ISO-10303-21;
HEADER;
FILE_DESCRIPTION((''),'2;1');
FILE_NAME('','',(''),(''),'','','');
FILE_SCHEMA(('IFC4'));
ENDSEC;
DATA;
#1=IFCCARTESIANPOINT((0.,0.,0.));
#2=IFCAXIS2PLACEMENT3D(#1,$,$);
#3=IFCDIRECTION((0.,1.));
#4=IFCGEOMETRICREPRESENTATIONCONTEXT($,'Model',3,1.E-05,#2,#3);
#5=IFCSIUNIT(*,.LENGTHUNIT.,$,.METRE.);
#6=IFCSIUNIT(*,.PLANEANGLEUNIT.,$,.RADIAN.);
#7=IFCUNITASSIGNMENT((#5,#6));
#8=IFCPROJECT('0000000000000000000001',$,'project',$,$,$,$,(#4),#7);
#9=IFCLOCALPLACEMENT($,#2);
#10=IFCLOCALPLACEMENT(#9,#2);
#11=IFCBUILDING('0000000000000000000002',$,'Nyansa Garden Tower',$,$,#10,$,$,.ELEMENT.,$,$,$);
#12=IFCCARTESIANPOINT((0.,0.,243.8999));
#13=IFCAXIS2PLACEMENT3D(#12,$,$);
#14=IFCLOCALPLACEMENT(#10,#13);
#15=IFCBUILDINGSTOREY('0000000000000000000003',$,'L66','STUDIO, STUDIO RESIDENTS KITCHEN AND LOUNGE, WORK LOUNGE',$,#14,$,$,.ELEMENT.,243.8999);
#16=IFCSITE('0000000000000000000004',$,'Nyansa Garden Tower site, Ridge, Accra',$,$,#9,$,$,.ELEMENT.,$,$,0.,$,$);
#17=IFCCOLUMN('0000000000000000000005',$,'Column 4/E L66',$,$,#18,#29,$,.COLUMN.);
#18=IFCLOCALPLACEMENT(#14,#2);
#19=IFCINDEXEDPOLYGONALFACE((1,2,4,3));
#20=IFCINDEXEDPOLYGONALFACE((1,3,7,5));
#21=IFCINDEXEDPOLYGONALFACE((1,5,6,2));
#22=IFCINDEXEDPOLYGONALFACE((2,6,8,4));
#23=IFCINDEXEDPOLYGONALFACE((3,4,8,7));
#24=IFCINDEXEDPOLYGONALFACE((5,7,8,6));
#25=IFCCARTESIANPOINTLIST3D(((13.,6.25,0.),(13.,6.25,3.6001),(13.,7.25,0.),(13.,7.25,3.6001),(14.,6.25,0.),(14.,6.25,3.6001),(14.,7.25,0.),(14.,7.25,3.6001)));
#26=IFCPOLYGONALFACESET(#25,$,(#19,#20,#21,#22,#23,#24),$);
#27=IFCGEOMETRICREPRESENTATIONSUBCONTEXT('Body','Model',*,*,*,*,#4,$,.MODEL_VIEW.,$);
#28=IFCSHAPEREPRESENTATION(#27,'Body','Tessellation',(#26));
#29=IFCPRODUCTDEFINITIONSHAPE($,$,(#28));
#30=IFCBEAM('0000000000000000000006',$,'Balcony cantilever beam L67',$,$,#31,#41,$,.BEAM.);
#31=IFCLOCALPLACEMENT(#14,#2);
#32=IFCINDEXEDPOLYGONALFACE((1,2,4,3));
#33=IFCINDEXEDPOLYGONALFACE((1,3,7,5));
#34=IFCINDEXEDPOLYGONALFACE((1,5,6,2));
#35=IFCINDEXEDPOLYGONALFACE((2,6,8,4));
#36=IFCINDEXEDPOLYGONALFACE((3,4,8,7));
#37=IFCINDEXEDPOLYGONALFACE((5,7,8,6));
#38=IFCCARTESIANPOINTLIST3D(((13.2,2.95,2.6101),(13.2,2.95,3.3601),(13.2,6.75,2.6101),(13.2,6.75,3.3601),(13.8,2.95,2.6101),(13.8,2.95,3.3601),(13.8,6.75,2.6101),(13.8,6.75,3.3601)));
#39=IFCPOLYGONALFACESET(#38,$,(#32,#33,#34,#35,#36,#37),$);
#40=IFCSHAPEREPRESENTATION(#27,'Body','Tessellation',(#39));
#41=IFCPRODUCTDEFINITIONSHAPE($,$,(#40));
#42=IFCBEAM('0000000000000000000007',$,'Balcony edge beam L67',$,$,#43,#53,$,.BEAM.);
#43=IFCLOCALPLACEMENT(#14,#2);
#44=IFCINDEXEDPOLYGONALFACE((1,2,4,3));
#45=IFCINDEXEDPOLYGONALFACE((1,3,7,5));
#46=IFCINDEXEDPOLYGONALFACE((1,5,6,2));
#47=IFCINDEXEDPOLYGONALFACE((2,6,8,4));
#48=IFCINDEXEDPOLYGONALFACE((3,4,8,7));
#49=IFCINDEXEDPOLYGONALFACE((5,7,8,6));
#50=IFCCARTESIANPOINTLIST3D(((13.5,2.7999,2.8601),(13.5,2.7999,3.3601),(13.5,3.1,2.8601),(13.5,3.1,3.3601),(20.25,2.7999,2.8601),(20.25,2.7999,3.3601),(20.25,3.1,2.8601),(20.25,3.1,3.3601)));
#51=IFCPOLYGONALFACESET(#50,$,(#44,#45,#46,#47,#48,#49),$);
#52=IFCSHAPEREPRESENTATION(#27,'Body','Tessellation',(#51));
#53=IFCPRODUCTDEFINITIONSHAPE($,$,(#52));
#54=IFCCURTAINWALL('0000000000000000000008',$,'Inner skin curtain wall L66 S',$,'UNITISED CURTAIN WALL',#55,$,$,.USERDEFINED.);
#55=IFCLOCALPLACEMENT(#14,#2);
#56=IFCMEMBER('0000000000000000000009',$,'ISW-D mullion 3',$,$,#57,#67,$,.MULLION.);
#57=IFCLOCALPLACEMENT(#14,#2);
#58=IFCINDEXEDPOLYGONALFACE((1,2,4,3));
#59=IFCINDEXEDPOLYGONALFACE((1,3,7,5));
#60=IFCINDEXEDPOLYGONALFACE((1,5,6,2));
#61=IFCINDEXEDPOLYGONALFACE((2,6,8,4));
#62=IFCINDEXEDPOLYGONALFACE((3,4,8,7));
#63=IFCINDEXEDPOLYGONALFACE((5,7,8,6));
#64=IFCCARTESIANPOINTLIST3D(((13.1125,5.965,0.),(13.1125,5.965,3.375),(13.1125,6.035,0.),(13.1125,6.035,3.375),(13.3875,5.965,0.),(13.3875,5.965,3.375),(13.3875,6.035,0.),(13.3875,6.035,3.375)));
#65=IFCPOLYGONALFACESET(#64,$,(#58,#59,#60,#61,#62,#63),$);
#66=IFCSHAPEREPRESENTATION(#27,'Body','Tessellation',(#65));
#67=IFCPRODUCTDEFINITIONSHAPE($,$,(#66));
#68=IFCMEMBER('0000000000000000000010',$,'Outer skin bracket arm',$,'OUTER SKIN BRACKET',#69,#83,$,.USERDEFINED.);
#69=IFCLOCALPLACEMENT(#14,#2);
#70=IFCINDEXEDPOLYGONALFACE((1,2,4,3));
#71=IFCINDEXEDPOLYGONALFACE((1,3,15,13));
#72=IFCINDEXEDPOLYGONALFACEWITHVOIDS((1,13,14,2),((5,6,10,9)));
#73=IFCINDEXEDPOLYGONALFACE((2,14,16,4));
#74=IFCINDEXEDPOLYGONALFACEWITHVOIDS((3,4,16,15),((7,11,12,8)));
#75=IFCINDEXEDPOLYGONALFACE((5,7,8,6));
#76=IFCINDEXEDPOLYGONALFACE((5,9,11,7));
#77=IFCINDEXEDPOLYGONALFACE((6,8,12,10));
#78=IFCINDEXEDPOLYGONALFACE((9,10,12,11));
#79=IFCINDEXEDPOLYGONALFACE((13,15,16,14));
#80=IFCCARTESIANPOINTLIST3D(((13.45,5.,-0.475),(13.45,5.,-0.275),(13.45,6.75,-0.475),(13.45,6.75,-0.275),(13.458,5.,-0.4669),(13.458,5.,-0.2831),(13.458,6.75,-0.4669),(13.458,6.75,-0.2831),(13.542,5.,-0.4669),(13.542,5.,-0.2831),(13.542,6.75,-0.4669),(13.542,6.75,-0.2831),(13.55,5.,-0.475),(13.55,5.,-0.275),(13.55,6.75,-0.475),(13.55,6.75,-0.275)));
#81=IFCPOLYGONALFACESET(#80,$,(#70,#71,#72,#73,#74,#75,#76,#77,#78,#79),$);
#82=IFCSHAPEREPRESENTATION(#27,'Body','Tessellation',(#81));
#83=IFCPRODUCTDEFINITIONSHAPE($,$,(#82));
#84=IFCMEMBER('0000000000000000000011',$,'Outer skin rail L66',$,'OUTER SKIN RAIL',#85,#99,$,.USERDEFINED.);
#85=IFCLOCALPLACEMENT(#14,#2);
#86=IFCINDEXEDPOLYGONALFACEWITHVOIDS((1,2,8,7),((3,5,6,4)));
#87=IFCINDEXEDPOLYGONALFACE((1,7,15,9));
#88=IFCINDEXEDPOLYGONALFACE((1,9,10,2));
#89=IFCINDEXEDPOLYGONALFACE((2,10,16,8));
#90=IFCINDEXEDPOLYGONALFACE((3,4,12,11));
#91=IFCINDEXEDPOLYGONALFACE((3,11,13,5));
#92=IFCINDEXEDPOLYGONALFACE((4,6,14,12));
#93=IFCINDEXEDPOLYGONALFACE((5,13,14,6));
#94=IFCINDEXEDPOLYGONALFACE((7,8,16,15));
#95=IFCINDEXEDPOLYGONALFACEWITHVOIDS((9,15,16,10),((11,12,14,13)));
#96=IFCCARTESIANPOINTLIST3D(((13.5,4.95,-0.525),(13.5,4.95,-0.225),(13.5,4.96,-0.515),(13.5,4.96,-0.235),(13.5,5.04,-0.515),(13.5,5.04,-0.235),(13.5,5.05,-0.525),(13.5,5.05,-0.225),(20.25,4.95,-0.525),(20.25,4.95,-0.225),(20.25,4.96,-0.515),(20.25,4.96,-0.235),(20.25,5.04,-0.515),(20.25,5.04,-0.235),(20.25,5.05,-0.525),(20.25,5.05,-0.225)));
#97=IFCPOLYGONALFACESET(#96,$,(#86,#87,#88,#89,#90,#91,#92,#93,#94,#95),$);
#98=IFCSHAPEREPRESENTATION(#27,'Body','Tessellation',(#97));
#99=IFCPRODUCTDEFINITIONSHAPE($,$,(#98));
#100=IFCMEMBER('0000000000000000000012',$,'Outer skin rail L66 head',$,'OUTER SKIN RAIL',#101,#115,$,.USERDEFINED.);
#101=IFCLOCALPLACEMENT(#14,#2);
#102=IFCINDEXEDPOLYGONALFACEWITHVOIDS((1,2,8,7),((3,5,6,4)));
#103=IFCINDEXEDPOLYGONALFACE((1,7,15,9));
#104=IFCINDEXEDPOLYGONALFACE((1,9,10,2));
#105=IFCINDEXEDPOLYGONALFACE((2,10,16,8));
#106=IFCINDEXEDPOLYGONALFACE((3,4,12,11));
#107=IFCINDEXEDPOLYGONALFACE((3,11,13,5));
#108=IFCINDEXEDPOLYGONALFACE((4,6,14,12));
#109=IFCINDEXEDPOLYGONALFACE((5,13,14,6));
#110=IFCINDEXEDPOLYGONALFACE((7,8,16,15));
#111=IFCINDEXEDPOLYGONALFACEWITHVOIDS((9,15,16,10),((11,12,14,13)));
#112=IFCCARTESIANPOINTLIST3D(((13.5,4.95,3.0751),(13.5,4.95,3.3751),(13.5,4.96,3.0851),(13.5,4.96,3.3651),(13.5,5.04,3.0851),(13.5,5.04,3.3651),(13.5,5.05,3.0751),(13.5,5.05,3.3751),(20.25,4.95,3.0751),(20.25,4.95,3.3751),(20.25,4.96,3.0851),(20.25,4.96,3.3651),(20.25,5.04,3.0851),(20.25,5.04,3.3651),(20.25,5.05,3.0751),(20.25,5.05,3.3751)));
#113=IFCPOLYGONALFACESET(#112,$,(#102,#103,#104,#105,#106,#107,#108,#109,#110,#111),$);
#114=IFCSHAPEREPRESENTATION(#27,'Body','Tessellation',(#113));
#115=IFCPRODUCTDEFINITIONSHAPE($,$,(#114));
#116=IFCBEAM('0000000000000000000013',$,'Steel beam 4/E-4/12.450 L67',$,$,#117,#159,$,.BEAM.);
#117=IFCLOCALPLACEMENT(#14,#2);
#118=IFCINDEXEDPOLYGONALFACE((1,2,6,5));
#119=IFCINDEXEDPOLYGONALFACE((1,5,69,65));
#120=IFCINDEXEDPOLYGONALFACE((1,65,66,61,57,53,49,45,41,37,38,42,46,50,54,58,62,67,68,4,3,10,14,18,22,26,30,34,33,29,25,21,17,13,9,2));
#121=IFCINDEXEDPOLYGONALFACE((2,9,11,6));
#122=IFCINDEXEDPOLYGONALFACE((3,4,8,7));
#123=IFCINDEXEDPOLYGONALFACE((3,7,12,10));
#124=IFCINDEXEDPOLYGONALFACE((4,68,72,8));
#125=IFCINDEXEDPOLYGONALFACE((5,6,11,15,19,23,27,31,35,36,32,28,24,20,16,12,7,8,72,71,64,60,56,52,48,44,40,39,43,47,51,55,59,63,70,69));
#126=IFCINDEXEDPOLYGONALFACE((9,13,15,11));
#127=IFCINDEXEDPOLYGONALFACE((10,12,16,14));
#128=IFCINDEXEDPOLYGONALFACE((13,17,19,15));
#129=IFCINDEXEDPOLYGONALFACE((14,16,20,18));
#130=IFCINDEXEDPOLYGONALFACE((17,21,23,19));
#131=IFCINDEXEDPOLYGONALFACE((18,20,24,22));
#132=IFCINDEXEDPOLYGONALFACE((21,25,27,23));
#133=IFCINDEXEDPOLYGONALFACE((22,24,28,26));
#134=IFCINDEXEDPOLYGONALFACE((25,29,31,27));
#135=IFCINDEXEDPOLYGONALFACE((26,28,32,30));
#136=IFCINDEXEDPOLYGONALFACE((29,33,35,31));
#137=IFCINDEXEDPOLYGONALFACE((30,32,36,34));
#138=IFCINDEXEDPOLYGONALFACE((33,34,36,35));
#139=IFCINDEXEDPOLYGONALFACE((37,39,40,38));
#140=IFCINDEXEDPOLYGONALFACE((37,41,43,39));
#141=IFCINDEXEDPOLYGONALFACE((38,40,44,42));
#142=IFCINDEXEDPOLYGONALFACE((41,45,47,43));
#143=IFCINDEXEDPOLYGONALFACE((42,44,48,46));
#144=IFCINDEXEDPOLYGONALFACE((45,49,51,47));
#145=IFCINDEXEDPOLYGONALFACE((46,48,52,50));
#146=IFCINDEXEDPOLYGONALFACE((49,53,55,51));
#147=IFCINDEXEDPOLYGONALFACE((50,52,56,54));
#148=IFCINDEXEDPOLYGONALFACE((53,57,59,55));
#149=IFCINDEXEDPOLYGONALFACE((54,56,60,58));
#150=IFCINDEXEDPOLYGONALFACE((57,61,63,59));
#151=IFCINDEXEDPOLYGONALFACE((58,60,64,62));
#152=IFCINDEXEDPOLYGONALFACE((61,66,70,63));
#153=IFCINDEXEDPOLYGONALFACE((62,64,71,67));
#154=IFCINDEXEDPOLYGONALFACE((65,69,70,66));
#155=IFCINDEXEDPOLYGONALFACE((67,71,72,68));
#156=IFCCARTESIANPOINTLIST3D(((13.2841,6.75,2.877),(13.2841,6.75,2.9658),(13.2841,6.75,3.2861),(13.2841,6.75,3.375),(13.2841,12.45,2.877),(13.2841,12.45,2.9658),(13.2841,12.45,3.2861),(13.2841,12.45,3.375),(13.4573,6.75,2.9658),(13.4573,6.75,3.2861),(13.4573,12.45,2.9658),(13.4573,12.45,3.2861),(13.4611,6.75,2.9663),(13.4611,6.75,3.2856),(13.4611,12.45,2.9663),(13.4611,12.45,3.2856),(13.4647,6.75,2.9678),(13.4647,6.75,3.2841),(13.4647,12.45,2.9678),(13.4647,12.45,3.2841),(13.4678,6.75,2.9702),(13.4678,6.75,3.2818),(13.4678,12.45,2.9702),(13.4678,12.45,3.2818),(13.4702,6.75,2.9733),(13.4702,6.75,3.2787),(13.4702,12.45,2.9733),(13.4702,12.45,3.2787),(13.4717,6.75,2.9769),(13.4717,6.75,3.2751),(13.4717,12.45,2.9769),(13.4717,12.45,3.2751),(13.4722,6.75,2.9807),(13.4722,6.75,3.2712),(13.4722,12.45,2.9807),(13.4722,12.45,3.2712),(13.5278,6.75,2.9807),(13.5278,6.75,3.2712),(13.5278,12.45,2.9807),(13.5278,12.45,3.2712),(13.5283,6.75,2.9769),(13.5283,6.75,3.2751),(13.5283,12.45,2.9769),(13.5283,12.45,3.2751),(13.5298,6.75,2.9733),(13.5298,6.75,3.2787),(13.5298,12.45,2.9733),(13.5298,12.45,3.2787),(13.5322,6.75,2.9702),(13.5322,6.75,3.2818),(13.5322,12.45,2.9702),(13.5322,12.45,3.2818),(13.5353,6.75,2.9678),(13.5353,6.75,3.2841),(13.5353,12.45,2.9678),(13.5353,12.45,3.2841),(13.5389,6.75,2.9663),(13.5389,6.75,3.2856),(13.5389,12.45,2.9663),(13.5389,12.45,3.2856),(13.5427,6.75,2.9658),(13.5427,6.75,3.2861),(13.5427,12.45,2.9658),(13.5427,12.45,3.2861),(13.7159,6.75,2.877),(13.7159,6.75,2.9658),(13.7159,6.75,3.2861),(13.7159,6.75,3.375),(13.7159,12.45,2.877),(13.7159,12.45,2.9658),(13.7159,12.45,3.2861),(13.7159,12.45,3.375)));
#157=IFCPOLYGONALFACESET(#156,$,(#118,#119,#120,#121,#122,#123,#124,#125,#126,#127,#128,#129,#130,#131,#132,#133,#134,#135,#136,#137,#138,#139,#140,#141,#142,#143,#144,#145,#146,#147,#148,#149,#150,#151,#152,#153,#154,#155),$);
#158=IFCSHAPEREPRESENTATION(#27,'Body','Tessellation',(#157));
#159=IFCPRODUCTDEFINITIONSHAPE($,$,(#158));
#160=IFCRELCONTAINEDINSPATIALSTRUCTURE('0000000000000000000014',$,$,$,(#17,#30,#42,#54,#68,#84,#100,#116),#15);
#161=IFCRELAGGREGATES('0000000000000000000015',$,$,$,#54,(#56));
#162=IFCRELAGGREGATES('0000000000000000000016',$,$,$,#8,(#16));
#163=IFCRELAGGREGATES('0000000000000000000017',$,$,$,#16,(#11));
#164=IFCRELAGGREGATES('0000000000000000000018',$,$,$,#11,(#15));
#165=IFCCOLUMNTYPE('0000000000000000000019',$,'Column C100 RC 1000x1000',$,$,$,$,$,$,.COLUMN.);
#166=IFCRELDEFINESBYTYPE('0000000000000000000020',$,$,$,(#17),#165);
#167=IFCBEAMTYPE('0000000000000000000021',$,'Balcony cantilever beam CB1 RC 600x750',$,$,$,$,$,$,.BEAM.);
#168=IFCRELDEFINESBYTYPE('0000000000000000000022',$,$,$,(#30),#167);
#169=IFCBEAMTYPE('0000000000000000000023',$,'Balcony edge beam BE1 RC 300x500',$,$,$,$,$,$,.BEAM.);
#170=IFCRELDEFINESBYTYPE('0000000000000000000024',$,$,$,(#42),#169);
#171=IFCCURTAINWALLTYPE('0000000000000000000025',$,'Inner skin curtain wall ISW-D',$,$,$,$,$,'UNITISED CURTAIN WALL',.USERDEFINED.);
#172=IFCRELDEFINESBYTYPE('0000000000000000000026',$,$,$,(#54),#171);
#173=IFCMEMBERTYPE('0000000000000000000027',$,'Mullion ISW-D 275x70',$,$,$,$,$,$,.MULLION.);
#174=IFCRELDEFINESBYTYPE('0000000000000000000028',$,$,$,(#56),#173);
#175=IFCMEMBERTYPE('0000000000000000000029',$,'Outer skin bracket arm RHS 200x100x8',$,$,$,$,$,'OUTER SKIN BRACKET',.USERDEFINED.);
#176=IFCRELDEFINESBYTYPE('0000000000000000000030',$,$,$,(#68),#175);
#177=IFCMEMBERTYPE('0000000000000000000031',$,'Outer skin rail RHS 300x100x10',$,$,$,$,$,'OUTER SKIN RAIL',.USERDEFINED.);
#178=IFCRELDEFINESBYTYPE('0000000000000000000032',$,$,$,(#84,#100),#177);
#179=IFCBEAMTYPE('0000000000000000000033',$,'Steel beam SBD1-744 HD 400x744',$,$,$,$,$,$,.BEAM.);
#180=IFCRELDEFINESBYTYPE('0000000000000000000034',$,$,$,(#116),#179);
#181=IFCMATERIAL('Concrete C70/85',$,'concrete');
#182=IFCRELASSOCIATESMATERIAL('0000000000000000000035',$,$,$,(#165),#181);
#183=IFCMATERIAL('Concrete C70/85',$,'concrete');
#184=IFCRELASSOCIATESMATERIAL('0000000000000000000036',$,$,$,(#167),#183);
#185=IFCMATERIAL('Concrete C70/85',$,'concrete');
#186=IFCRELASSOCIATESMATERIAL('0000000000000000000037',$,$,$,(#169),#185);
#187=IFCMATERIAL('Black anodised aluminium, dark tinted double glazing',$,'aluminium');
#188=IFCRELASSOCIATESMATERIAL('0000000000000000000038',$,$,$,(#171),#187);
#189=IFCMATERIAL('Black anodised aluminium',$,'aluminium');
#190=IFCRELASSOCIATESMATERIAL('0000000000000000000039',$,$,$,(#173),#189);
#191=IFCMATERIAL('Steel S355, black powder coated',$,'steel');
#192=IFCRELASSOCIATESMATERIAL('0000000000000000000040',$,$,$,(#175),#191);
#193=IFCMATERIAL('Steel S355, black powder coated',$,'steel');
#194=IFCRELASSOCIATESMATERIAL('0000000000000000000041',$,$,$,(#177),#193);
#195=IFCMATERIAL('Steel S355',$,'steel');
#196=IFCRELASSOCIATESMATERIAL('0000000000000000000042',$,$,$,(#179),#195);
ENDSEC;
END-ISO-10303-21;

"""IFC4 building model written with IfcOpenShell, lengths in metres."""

from ifc_helpers import new_model, si_unit, direction, frame, origin, origin_2d, place, context, subcontext, project, spatial, rectangle, hollow_rectangle, i_section, extrude, material, material_profile, profile_set, type_object, element, aggregate, save


model = new_model("IFC4")

# Units and contexts
model_context = context("Model", 3, precision=1e-05, world=origin(), true_north=direction((0.0, 1.0)))
body_context = subcontext(model_context, "Body", "Model", "MODEL_VIEW")
ifc_project = project(units=[si_unit("LENGTHUNIT", "METRE"), si_unit("PLANEANGLEUNIT", "RADIAN")], contexts=[model_context])

# Site, building, storey
site_placement = place(None, origin())
site = spatial("IfcSite", under=ifc_project, at=site_placement, Name="Nyansa Garden Tower site, Ridge, Accra", CompositionType="ELEMENT", RefElevation=0.0)
building_placement = place(site_placement, origin())
building = spatial("IfcBuilding", under=site, at=building_placement, Name="Nyansa Garden Tower", CompositionType="ELEMENT")
storey_placement = place(building_placement, frame((0.0, 0.0, 243.8999)))
storey = spatial("IfcBuildingStorey", under=building, at=storey_placement, Name="L66", Description="STUDIO, STUDIO RESIDENTS KITCHEN AND LOUNGE, WORK LOUNGE", CompositionType="ELEMENT", Elevation=243.8999)

# Column
ifc_material_1 = material(Name="Concrete C70/85", Category="concrete")
ifc_material_profile_1 = material_profile(ifc_material_1, rectangle(XDim=1.0, YDim=1.0, at=origin_2d()), Name="RC 1000x1000")
ifc_profile_set_1 = profile_set([ifc_material_profile_1], Name="Concrete C70/85")
column_type = type_object("IfcColumnType", Name="Column C100 RC 1000x1000", PredefinedType="COLUMN", material=ifc_profile_set_1)
column_placement = place(storey_placement, frame((13.5, 6.75, 0.0), z_axis=(0.0, 0.0, 1.0), x_axis=(1.0, 0.0, 0.0)))
element("IfcColumn", 1, at=column_placement, inside=storey, type_object=column_type, Name="Column 4/E L66", PredefinedType="COLUMN", context=body_context, shape_type="SweptSolid", body=[
    extrude(rectangle(XDim=1.0, YDim=1.0, at=origin_2d()), origin(), (0.0, 0.0, 1.0), 3.6001),
])

# Beams
ifc_material_2 = material(Name="Concrete C70/85", Category="concrete")
ifc_material_profile_2 = material_profile(ifc_material_2, rectangle(XDim=0.6001, YDim=0.75, at=origin_2d()), Name="RC 600x750")
ifc_profile_set_2 = profile_set([ifc_material_profile_2], Name="Concrete C70/85")
beam_type_1 = type_object("IfcBeamType", Name="Balcony cantilever beam CB1 RC 600x750", PredefinedType="BEAM", material=ifc_profile_set_2)
beam_1_placement = place(storey_placement, frame((13.5, 6.75, 2.9851), z_axis=(0.0, -1.0, 0.0), x_axis=(1.0, 0.0, 0.0)))
element("IfcBeam", 2, at=beam_1_placement, inside=storey, type_object=beam_type_1, Name="Balcony cantilever beam L67", PredefinedType="BEAM", context=body_context, shape_type="SweptSolid", body=[
    extrude(rectangle(XDim=0.6001, YDim=0.75, at=origin_2d()), origin(), (0.0, 0.0, 1.0), 3.8),
])
ifc_material_3 = material(Name="Concrete C70/85", Category="concrete")
ifc_material_profile_3 = material_profile(ifc_material_3, rectangle(XDim=0.3, YDim=0.5, at=origin_2d()), Name="RC 300x500")
ifc_profile_set_3 = profile_set([ifc_material_profile_3], Name="Concrete C70/85")
beam_type_2 = type_object("IfcBeamType", Name="Balcony edge beam BE1 RC 300x500", PredefinedType="BEAM", material=ifc_profile_set_3)
beam_2_placement = place(storey_placement, frame((13.5, 2.95, 3.1101), z_axis=(1.0, 0.0, 0.0), x_axis=(0.0, 1.0, 0.0)))
element("IfcBeam", 3, at=beam_2_placement, inside=storey, type_object=beam_type_2, Name="Balcony edge beam L67", PredefinedType="BEAM", context=body_context, shape_type="SweptSolid", body=[
    extrude(rectangle(XDim=0.3, YDim=0.5, at=origin_2d()), origin(), (0.0, 0.0, 1.0), 6.75),
])

# Curtain wall, member
ifc_material_4 = material(Name="Black anodised aluminium, dark tinted double glazing", Category="aluminium")
curtain_wall_type = type_object("IfcCurtainWallType", Name="Inner skin curtain wall ISW-D", ElementType="UNITISED CURTAIN WALL", PredefinedType="USERDEFINED", material=ifc_material_4)
curtain_wall_placement = place(storey_placement, origin())
curtain_wall = element("IfcCurtainWall", 4, at=curtain_wall_placement, inside=storey, type_object=curtain_wall_type, Name="Inner skin curtain wall L66 S", ObjectType="UNITISED CURTAIN WALL", PredefinedType="USERDEFINED")
ifc_material_5 = material(Name="Black anodised aluminium", Category="aluminium")
ifc_material_profile_4 = material_profile(ifc_material_5, rectangle(XDim=0.0701, YDim=0.2749, at=origin_2d()), Name="Mullion 275x70")
ifc_profile_set_4 = profile_set([ifc_material_profile_4], Name="Black anodised aluminium")
member_type_1 = type_object("IfcMemberType", Name="Mullion ISW-D 275x70", PredefinedType="MULLION", material=ifc_profile_set_4)
member_1_placement = place(storey_placement, frame((13.25, 6.0, 0.0), z_axis=(0.0, 0.0, 1.0), x_axis=(0.0, 1.0, 0.0)))
member_1 = element("IfcMember", 5, at=member_1_placement, type_object=member_type_1, Name="ISW-D mullion 3", PredefinedType="MULLION", context=body_context, shape_type="SweptSolid", body=[
    extrude(rectangle(XDim=0.0701, YDim=0.2749, at=origin_2d()), origin(), (0.0, 0.0, 1.0), 3.375),
])

# Members
ifc_material_6 = material(Name="Steel S355, black powder coated", Category="steel")
ifc_material_profile_5 = material_profile(ifc_material_6, hollow_rectangle(XDim=0.1001, YDim=0.2, WallThickness=0.0081, at=origin_2d()), Name="RHS 200x100x8")
ifc_profile_set_5 = profile_set([ifc_material_profile_5], Name="Steel S355, black powder coated")
member_type_2 = type_object("IfcMemberType", Name="Outer skin bracket arm RHS 200x100x8", ElementType="OUTER SKIN BRACKET", PredefinedType="USERDEFINED", material=ifc_profile_set_5)
member_2_placement = place(storey_placement, frame((13.5, 6.75, -0.375), z_axis=(0.0, -1.0, 0.0), x_axis=(1.0, 0.0, 0.0)))
element("IfcMember", 6, at=member_2_placement, inside=storey, type_object=member_type_2, Name="Outer skin bracket arm", ObjectType="OUTER SKIN BRACKET", PredefinedType="USERDEFINED", context=body_context, shape_type="SweptSolid", body=[
    extrude(hollow_rectangle(XDim=0.1001, YDim=0.2, WallThickness=0.0081, at=origin_2d()), origin(), (0.0, 0.0, 1.0), 1.75),
])
ifc_material_7 = material(Name="Steel S355, black powder coated", Category="steel")
ifc_material_profile_6 = material_profile(ifc_material_7, hollow_rectangle(XDim=0.1001, YDim=0.3, WallThickness=0.01, at=origin_2d()), Name="RHS 300x100x10")
ifc_profile_set_6 = profile_set([ifc_material_profile_6], Name="Steel S355, black powder coated")
member_type_3 = type_object("IfcMemberType", Name="Outer skin rail RHS 300x100x10", ElementType="OUTER SKIN RAIL", PredefinedType="USERDEFINED", material=ifc_profile_set_6)
for number, where, z_axis, x_axis, name in (
    (7, (13.5, 5.0, -0.375), (1.0, 0.0, 0.0), (0.0, 1.0, 0.0), "Outer skin rail L66"),
    (8, (13.5, 5.0, 3.2251), (1.0, 0.0, 0.0), (0.0, 1.0, 0.0), "Outer skin rail L66 head"),
):
    element("IfcMember", number, at=place(storey_placement, frame(where, z_axis=z_axis, x_axis=x_axis)), inside=storey, type_object=member_type_3, Name=name, ObjectType="OUTER SKIN RAIL", PredefinedType="USERDEFINED", context=body_context, shape_type="SweptSolid", body=[
        extrude(hollow_rectangle(XDim=0.1001, YDim=0.3, WallThickness=0.01, at=origin_2d()), origin(), (0.0, 0.0, 1.0), 6.75),
    ])

# Beam
ifc_material_8 = material(Name="Steel S355", Category="steel")
ifc_material_profile_7 = material_profile(ifc_material_8, i_section(OverallWidth=0.4319, OverallDepth=0.498, WebThickness=0.0557, FlangeThickness=0.0889, FilletRadius=0.0149, at=origin_2d()), Name="HD 400x744")
ifc_profile_set_7 = profile_set([ifc_material_profile_7], Name="Steel S355")
beam_type_3 = type_object("IfcBeamType", Name="Steel beam SBD1-744 HD 400x744", PredefinedType="BEAM", material=ifc_profile_set_7)
beam_3_placement = place(storey_placement, frame((13.5, 6.75, 3.126), z_axis=(0.0, 1.0, 0.0), x_axis=(-1.0, 0.0, 0.0)))
element("IfcBeam", 9, at=beam_3_placement, inside=storey, type_object=beam_type_3, Name="Steel beam 4/E-4/12.450 L67", PredefinedType="BEAM", context=body_context, shape_type="SweptSolid", body=[
    extrude(i_section(OverallWidth=0.4319, OverallDepth=0.498, WebThickness=0.0557, FlangeThickness=0.0889, FilletRadius=0.0149, at=origin_2d()), origin(), (0.0, 0.0, 1.0), 5.7),
])

aggregate(curtain_wall, [member_1])

save(model, "model.ifc")
